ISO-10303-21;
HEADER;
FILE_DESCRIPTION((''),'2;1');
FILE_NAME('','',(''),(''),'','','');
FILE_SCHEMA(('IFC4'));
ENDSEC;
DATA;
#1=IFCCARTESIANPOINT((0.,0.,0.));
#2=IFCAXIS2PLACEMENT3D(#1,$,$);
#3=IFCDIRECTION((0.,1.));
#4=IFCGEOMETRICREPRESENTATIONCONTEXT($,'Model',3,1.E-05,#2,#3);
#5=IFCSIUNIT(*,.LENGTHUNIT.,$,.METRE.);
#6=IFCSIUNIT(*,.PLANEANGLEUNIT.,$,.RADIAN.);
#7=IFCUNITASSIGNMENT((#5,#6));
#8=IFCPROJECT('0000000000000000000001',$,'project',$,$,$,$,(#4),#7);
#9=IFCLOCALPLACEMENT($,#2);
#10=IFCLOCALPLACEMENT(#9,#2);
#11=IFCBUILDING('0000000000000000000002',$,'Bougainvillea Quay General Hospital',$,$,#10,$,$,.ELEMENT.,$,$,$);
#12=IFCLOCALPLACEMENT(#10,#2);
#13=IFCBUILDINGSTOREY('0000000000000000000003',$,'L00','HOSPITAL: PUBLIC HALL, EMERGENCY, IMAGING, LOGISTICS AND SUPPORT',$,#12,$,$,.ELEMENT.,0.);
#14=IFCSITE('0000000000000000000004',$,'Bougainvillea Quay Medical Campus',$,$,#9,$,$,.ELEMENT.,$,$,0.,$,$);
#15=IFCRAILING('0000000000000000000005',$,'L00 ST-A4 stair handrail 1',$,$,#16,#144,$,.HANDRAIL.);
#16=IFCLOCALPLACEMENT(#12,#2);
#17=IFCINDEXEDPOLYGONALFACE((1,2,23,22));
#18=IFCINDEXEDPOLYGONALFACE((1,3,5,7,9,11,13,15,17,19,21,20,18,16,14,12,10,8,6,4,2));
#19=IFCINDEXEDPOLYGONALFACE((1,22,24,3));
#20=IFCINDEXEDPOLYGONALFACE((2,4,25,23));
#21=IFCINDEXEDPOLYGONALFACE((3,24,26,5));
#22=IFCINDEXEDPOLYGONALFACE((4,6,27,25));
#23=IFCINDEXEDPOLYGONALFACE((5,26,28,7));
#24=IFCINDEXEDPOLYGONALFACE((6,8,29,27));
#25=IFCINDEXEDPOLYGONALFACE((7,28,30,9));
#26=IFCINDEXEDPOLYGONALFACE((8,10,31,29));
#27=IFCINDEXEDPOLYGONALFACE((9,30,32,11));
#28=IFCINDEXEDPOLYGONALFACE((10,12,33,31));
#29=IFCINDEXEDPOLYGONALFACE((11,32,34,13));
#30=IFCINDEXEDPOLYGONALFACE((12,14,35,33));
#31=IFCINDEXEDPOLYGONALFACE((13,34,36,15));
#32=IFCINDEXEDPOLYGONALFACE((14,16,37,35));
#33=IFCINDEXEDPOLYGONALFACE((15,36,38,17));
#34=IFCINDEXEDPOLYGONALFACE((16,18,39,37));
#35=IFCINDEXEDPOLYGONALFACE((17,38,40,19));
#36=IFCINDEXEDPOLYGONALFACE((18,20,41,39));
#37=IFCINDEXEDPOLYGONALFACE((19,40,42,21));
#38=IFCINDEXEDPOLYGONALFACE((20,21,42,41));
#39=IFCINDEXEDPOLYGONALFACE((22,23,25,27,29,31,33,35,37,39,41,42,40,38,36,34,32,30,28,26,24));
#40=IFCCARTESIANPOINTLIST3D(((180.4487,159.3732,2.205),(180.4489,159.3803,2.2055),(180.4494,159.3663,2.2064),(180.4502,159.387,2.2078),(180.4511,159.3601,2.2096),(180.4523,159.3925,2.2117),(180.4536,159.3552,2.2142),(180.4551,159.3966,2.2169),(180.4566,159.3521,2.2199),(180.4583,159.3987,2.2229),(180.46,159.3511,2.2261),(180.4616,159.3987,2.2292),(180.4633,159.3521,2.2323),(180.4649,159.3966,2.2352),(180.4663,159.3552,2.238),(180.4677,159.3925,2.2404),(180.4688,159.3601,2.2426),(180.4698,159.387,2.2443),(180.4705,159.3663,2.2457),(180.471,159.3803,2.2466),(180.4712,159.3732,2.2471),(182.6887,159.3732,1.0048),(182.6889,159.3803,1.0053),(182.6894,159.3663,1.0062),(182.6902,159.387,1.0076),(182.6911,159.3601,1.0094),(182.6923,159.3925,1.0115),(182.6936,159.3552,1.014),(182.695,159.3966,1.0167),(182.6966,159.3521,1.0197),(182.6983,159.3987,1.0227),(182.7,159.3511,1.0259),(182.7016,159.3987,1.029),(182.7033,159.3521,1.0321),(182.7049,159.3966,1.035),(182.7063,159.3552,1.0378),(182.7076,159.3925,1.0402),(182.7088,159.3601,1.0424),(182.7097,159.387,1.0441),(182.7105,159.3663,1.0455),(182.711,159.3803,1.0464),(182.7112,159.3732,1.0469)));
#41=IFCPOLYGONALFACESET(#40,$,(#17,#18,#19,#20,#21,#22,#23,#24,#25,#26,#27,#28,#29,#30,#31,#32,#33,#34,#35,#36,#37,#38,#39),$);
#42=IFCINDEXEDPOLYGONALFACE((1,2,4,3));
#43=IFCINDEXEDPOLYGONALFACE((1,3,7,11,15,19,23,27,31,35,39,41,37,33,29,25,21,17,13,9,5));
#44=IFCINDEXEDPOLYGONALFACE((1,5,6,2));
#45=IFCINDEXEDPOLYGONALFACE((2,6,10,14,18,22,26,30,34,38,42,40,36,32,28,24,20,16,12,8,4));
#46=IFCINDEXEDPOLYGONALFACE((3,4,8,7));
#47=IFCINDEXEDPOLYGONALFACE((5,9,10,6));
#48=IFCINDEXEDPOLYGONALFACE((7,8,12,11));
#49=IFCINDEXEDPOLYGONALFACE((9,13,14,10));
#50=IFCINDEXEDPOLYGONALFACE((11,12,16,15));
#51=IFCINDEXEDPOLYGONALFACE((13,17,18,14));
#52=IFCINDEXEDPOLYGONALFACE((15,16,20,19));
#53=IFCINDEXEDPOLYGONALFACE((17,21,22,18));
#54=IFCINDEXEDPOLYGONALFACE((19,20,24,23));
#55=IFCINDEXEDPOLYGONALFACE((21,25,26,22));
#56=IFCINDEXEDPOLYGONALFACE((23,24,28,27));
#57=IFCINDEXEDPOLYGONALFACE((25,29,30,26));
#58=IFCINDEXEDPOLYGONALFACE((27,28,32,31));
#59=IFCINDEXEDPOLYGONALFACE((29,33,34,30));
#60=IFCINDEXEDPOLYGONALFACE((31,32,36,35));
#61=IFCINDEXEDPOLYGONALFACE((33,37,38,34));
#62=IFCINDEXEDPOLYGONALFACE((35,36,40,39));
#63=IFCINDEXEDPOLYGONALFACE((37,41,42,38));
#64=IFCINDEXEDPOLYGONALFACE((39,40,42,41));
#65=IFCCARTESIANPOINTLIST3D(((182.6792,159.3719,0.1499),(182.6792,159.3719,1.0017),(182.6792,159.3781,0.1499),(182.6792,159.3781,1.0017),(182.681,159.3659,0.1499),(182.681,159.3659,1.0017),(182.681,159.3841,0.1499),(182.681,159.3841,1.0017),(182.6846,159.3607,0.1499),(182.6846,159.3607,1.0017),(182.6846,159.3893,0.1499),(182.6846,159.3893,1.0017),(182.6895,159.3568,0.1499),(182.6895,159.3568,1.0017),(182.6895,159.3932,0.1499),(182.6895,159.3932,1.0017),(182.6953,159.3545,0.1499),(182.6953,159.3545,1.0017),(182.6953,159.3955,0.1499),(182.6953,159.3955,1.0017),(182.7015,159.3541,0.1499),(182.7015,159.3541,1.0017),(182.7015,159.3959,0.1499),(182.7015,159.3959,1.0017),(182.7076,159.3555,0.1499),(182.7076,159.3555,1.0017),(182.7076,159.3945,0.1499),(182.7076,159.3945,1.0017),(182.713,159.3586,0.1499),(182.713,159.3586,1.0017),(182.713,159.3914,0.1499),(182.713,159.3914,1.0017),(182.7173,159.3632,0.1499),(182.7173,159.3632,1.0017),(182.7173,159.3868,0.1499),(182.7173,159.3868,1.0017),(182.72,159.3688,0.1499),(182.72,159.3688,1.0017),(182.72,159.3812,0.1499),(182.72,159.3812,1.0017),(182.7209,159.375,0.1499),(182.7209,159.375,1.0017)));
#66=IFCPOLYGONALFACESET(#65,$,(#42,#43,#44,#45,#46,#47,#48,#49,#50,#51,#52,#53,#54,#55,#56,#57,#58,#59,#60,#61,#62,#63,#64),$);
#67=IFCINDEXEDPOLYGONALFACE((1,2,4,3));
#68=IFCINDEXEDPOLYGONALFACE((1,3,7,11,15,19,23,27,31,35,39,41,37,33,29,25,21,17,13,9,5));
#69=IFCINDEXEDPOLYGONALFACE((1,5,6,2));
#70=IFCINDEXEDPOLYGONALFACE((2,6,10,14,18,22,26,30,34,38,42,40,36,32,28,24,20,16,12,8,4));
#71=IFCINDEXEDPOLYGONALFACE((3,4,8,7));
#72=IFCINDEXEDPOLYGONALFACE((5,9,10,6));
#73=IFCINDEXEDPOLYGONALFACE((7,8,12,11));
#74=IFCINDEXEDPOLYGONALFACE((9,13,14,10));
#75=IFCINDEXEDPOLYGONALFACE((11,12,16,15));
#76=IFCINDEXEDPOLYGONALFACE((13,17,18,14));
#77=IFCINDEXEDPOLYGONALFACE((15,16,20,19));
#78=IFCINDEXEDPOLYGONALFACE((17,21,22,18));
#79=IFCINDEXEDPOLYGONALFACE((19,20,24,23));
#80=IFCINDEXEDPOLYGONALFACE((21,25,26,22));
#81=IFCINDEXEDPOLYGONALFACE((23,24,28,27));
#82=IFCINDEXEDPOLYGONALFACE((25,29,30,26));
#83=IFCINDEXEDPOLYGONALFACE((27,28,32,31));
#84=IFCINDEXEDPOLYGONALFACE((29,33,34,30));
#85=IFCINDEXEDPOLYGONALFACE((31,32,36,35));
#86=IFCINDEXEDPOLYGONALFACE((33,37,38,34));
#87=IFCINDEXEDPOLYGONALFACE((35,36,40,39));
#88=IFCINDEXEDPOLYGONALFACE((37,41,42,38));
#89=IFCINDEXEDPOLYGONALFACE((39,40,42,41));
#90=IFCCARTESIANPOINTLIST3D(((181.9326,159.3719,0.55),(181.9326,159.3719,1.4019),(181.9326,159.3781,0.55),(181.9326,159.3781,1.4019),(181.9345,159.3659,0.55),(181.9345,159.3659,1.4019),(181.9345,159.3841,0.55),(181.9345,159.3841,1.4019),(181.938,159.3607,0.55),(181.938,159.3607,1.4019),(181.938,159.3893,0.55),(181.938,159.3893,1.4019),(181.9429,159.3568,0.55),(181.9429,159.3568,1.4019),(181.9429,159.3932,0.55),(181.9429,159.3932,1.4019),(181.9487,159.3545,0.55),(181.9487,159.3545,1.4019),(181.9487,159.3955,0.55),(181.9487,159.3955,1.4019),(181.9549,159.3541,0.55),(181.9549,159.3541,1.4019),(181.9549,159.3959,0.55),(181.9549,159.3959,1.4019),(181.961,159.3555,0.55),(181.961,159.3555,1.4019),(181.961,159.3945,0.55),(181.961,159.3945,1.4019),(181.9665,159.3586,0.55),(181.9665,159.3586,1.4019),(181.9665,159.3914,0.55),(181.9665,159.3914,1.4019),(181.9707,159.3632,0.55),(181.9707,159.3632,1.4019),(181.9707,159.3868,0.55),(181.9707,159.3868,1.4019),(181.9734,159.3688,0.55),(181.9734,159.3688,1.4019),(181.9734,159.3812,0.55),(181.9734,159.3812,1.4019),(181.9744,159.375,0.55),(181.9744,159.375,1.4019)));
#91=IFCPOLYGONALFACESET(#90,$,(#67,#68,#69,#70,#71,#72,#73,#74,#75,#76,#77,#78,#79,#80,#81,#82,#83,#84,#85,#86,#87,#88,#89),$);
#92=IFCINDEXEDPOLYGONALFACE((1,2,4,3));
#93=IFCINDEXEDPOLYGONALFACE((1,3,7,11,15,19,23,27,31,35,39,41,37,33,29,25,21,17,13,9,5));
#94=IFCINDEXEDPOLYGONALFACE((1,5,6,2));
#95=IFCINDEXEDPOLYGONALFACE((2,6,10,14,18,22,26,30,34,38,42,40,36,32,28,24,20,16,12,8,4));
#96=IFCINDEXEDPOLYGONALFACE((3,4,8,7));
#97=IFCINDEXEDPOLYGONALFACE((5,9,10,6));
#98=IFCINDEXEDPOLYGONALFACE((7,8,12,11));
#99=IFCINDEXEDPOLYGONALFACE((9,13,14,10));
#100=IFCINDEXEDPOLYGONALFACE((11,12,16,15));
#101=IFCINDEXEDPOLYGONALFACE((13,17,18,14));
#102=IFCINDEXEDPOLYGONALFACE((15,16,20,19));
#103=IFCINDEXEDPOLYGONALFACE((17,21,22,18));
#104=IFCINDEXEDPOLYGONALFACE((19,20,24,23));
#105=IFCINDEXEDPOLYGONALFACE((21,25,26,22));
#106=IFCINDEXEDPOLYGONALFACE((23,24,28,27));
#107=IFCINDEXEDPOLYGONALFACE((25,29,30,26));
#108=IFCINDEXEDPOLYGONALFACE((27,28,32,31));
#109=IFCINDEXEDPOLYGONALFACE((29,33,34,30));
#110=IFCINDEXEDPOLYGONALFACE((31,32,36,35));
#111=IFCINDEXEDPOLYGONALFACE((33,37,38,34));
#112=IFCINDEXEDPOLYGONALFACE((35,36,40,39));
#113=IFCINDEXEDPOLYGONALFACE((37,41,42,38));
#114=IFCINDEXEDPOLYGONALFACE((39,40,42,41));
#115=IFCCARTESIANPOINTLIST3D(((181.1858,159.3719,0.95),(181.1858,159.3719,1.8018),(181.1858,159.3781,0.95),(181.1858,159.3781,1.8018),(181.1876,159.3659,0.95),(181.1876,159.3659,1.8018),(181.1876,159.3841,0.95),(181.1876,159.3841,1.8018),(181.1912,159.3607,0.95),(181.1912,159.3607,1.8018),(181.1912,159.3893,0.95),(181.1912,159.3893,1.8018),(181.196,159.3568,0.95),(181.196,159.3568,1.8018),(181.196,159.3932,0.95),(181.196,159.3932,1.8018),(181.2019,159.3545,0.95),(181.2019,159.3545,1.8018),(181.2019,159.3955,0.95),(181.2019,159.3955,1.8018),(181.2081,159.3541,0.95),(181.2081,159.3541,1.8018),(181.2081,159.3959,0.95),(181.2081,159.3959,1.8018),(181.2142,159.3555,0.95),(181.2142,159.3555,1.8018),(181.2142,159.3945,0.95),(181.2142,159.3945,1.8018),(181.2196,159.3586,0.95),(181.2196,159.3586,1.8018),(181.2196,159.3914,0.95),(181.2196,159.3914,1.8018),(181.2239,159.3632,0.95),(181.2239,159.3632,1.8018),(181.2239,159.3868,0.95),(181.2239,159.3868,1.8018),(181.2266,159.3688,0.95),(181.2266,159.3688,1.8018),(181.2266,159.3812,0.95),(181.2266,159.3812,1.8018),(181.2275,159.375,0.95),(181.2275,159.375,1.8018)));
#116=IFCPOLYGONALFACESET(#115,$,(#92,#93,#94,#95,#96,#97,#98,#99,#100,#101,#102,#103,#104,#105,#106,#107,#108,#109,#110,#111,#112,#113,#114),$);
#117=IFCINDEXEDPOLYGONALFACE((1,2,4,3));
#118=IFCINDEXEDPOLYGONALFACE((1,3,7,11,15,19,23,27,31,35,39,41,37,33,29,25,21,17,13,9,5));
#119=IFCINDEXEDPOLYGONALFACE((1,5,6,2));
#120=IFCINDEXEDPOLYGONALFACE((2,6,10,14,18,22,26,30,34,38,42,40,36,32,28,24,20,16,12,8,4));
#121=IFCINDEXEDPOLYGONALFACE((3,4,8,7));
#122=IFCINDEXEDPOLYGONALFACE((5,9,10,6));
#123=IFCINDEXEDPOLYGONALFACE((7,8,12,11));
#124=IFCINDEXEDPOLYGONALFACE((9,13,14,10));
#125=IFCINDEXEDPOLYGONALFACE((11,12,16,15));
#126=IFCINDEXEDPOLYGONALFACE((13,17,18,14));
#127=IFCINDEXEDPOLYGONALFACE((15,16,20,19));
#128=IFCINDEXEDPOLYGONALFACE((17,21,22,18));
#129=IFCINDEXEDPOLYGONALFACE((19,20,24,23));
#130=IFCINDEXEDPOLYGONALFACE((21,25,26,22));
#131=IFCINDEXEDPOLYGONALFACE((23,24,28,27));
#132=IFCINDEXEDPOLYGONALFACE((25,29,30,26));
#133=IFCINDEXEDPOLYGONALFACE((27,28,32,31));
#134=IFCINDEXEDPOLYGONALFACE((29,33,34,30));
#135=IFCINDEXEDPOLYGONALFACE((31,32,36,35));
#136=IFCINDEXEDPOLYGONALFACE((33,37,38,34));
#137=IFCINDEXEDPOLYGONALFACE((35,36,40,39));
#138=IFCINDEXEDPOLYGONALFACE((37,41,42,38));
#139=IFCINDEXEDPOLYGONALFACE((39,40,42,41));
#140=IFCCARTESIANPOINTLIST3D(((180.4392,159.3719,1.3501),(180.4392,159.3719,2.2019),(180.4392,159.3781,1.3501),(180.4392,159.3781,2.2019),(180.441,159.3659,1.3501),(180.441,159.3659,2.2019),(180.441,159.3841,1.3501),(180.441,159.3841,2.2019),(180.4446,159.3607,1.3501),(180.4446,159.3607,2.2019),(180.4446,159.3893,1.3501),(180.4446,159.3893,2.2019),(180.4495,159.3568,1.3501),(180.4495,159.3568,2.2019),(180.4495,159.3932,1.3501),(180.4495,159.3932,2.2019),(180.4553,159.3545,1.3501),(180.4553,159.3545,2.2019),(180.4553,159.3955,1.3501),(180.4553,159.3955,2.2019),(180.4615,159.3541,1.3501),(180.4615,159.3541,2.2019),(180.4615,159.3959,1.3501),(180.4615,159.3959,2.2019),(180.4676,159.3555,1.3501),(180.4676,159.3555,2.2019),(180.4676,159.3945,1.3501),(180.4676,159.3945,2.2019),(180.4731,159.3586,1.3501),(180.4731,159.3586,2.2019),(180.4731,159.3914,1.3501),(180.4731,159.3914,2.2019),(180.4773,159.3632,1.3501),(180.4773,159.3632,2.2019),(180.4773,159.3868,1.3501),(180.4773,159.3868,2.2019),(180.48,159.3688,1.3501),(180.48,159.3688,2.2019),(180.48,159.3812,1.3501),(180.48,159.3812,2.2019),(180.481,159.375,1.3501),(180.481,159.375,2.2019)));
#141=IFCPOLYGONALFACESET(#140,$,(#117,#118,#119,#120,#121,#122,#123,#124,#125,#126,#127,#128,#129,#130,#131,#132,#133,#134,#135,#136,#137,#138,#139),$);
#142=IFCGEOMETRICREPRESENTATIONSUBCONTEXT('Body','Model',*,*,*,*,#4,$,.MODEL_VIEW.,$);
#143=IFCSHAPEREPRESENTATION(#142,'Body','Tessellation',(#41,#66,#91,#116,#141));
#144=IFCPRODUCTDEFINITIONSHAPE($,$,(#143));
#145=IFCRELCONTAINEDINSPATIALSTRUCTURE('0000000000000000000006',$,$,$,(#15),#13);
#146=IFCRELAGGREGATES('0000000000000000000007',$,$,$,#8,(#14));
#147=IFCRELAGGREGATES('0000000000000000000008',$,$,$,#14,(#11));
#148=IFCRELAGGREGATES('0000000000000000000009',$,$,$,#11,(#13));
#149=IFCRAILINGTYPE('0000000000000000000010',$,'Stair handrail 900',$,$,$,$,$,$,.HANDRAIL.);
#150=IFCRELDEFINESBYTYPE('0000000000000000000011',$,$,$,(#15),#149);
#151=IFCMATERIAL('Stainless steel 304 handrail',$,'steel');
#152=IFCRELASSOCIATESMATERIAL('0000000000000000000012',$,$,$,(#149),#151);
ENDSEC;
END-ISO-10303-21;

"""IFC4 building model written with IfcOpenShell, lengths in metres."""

from ifc_helpers import new_model, si_unit, direction, frame, origin, origin_2d, place, context, subcontext, project, spatial, circle, extrude, material, type_object, element, save


model = new_model("IFC4")

# Units and contexts
model_context = context("Model", 3, precision=1e-05, world=origin(), true_north=direction((0.0, 1.0)))
body_context = subcontext(model_context, "Body", "Model", "MODEL_VIEW")
ifc_project = project(units=[si_unit("LENGTHUNIT", "METRE"), si_unit("PLANEANGLEUNIT", "RADIAN")], contexts=[model_context])

# Site, building, storey
site_placement = place(None, origin())
site = spatial("IfcSite", under=ifc_project, at=site_placement, Name="Bougainvillea Quay Medical Campus", CompositionType="ELEMENT", RefElevation=0.0)
building_placement = place(site_placement, origin())
building = spatial("IfcBuilding", under=site, at=building_placement, Name="Bougainvillea Quay General Hospital", CompositionType="ELEMENT")
storey_placement = place(building_placement, origin())
storey = spatial("IfcBuildingStorey", under=building, at=storey_placement, Name="L00", Description="HOSPITAL: PUBLIC HALL, EMERGENCY, IMAGING, LOGISTICS AND SUPPORT", CompositionType="ELEMENT", Elevation=0.0)

# Railing
ifc_material_1 = material(Name="Stainless steel 304 handrail", Category="steel")
railing_type_1 = type_object("IfcRailingType", Name="Stair handrail 900", PredefinedType="HANDRAIL", material=ifc_material_1)
railing_1_placement = place(storey_placement, frame((182.7, 159.375, 0.1499)))
element("IfcRailing", 1, at=railing_1_placement, inside=storey, type_object=railing_type_1, Name="L00 ST-A4 stair handrail 1", PredefinedType="HANDRAIL", context=body_context, shape_type="SweptSolid", body=[
    extrude(circle(Radius=0.0239, at=origin_2d()), frame((0.0, 0.0, 0.876), z_axis=(-0.881447, 0.0, 0.472283), x_axis=(0.0, -1.0, 0.0)), (0.0, 0.0, 1.0), 2.5413),
    extrude(circle(Radius=0.021, at=origin_2d()), origin(), (0.0, 0.0, 1.0), 0.8518),
    extrude(circle(Radius=0.021, at=origin_2d()), frame((-0.7466, 0.0, 0.4001)), (0.0, 0.0, 1.0), 0.8518),
    extrude(circle(Radius=0.021, at=origin_2d()), frame((-1.4934, 0.0, 0.8)), (0.0, 0.0, 1.0), 0.8518),
    extrude(circle(Radius=0.021, at=origin_2d()), frame((-2.24, 0.0, 1.2002)), (0.0, 0.0, 1.0), 0.8518),
])

save(model, "model.ifc")
